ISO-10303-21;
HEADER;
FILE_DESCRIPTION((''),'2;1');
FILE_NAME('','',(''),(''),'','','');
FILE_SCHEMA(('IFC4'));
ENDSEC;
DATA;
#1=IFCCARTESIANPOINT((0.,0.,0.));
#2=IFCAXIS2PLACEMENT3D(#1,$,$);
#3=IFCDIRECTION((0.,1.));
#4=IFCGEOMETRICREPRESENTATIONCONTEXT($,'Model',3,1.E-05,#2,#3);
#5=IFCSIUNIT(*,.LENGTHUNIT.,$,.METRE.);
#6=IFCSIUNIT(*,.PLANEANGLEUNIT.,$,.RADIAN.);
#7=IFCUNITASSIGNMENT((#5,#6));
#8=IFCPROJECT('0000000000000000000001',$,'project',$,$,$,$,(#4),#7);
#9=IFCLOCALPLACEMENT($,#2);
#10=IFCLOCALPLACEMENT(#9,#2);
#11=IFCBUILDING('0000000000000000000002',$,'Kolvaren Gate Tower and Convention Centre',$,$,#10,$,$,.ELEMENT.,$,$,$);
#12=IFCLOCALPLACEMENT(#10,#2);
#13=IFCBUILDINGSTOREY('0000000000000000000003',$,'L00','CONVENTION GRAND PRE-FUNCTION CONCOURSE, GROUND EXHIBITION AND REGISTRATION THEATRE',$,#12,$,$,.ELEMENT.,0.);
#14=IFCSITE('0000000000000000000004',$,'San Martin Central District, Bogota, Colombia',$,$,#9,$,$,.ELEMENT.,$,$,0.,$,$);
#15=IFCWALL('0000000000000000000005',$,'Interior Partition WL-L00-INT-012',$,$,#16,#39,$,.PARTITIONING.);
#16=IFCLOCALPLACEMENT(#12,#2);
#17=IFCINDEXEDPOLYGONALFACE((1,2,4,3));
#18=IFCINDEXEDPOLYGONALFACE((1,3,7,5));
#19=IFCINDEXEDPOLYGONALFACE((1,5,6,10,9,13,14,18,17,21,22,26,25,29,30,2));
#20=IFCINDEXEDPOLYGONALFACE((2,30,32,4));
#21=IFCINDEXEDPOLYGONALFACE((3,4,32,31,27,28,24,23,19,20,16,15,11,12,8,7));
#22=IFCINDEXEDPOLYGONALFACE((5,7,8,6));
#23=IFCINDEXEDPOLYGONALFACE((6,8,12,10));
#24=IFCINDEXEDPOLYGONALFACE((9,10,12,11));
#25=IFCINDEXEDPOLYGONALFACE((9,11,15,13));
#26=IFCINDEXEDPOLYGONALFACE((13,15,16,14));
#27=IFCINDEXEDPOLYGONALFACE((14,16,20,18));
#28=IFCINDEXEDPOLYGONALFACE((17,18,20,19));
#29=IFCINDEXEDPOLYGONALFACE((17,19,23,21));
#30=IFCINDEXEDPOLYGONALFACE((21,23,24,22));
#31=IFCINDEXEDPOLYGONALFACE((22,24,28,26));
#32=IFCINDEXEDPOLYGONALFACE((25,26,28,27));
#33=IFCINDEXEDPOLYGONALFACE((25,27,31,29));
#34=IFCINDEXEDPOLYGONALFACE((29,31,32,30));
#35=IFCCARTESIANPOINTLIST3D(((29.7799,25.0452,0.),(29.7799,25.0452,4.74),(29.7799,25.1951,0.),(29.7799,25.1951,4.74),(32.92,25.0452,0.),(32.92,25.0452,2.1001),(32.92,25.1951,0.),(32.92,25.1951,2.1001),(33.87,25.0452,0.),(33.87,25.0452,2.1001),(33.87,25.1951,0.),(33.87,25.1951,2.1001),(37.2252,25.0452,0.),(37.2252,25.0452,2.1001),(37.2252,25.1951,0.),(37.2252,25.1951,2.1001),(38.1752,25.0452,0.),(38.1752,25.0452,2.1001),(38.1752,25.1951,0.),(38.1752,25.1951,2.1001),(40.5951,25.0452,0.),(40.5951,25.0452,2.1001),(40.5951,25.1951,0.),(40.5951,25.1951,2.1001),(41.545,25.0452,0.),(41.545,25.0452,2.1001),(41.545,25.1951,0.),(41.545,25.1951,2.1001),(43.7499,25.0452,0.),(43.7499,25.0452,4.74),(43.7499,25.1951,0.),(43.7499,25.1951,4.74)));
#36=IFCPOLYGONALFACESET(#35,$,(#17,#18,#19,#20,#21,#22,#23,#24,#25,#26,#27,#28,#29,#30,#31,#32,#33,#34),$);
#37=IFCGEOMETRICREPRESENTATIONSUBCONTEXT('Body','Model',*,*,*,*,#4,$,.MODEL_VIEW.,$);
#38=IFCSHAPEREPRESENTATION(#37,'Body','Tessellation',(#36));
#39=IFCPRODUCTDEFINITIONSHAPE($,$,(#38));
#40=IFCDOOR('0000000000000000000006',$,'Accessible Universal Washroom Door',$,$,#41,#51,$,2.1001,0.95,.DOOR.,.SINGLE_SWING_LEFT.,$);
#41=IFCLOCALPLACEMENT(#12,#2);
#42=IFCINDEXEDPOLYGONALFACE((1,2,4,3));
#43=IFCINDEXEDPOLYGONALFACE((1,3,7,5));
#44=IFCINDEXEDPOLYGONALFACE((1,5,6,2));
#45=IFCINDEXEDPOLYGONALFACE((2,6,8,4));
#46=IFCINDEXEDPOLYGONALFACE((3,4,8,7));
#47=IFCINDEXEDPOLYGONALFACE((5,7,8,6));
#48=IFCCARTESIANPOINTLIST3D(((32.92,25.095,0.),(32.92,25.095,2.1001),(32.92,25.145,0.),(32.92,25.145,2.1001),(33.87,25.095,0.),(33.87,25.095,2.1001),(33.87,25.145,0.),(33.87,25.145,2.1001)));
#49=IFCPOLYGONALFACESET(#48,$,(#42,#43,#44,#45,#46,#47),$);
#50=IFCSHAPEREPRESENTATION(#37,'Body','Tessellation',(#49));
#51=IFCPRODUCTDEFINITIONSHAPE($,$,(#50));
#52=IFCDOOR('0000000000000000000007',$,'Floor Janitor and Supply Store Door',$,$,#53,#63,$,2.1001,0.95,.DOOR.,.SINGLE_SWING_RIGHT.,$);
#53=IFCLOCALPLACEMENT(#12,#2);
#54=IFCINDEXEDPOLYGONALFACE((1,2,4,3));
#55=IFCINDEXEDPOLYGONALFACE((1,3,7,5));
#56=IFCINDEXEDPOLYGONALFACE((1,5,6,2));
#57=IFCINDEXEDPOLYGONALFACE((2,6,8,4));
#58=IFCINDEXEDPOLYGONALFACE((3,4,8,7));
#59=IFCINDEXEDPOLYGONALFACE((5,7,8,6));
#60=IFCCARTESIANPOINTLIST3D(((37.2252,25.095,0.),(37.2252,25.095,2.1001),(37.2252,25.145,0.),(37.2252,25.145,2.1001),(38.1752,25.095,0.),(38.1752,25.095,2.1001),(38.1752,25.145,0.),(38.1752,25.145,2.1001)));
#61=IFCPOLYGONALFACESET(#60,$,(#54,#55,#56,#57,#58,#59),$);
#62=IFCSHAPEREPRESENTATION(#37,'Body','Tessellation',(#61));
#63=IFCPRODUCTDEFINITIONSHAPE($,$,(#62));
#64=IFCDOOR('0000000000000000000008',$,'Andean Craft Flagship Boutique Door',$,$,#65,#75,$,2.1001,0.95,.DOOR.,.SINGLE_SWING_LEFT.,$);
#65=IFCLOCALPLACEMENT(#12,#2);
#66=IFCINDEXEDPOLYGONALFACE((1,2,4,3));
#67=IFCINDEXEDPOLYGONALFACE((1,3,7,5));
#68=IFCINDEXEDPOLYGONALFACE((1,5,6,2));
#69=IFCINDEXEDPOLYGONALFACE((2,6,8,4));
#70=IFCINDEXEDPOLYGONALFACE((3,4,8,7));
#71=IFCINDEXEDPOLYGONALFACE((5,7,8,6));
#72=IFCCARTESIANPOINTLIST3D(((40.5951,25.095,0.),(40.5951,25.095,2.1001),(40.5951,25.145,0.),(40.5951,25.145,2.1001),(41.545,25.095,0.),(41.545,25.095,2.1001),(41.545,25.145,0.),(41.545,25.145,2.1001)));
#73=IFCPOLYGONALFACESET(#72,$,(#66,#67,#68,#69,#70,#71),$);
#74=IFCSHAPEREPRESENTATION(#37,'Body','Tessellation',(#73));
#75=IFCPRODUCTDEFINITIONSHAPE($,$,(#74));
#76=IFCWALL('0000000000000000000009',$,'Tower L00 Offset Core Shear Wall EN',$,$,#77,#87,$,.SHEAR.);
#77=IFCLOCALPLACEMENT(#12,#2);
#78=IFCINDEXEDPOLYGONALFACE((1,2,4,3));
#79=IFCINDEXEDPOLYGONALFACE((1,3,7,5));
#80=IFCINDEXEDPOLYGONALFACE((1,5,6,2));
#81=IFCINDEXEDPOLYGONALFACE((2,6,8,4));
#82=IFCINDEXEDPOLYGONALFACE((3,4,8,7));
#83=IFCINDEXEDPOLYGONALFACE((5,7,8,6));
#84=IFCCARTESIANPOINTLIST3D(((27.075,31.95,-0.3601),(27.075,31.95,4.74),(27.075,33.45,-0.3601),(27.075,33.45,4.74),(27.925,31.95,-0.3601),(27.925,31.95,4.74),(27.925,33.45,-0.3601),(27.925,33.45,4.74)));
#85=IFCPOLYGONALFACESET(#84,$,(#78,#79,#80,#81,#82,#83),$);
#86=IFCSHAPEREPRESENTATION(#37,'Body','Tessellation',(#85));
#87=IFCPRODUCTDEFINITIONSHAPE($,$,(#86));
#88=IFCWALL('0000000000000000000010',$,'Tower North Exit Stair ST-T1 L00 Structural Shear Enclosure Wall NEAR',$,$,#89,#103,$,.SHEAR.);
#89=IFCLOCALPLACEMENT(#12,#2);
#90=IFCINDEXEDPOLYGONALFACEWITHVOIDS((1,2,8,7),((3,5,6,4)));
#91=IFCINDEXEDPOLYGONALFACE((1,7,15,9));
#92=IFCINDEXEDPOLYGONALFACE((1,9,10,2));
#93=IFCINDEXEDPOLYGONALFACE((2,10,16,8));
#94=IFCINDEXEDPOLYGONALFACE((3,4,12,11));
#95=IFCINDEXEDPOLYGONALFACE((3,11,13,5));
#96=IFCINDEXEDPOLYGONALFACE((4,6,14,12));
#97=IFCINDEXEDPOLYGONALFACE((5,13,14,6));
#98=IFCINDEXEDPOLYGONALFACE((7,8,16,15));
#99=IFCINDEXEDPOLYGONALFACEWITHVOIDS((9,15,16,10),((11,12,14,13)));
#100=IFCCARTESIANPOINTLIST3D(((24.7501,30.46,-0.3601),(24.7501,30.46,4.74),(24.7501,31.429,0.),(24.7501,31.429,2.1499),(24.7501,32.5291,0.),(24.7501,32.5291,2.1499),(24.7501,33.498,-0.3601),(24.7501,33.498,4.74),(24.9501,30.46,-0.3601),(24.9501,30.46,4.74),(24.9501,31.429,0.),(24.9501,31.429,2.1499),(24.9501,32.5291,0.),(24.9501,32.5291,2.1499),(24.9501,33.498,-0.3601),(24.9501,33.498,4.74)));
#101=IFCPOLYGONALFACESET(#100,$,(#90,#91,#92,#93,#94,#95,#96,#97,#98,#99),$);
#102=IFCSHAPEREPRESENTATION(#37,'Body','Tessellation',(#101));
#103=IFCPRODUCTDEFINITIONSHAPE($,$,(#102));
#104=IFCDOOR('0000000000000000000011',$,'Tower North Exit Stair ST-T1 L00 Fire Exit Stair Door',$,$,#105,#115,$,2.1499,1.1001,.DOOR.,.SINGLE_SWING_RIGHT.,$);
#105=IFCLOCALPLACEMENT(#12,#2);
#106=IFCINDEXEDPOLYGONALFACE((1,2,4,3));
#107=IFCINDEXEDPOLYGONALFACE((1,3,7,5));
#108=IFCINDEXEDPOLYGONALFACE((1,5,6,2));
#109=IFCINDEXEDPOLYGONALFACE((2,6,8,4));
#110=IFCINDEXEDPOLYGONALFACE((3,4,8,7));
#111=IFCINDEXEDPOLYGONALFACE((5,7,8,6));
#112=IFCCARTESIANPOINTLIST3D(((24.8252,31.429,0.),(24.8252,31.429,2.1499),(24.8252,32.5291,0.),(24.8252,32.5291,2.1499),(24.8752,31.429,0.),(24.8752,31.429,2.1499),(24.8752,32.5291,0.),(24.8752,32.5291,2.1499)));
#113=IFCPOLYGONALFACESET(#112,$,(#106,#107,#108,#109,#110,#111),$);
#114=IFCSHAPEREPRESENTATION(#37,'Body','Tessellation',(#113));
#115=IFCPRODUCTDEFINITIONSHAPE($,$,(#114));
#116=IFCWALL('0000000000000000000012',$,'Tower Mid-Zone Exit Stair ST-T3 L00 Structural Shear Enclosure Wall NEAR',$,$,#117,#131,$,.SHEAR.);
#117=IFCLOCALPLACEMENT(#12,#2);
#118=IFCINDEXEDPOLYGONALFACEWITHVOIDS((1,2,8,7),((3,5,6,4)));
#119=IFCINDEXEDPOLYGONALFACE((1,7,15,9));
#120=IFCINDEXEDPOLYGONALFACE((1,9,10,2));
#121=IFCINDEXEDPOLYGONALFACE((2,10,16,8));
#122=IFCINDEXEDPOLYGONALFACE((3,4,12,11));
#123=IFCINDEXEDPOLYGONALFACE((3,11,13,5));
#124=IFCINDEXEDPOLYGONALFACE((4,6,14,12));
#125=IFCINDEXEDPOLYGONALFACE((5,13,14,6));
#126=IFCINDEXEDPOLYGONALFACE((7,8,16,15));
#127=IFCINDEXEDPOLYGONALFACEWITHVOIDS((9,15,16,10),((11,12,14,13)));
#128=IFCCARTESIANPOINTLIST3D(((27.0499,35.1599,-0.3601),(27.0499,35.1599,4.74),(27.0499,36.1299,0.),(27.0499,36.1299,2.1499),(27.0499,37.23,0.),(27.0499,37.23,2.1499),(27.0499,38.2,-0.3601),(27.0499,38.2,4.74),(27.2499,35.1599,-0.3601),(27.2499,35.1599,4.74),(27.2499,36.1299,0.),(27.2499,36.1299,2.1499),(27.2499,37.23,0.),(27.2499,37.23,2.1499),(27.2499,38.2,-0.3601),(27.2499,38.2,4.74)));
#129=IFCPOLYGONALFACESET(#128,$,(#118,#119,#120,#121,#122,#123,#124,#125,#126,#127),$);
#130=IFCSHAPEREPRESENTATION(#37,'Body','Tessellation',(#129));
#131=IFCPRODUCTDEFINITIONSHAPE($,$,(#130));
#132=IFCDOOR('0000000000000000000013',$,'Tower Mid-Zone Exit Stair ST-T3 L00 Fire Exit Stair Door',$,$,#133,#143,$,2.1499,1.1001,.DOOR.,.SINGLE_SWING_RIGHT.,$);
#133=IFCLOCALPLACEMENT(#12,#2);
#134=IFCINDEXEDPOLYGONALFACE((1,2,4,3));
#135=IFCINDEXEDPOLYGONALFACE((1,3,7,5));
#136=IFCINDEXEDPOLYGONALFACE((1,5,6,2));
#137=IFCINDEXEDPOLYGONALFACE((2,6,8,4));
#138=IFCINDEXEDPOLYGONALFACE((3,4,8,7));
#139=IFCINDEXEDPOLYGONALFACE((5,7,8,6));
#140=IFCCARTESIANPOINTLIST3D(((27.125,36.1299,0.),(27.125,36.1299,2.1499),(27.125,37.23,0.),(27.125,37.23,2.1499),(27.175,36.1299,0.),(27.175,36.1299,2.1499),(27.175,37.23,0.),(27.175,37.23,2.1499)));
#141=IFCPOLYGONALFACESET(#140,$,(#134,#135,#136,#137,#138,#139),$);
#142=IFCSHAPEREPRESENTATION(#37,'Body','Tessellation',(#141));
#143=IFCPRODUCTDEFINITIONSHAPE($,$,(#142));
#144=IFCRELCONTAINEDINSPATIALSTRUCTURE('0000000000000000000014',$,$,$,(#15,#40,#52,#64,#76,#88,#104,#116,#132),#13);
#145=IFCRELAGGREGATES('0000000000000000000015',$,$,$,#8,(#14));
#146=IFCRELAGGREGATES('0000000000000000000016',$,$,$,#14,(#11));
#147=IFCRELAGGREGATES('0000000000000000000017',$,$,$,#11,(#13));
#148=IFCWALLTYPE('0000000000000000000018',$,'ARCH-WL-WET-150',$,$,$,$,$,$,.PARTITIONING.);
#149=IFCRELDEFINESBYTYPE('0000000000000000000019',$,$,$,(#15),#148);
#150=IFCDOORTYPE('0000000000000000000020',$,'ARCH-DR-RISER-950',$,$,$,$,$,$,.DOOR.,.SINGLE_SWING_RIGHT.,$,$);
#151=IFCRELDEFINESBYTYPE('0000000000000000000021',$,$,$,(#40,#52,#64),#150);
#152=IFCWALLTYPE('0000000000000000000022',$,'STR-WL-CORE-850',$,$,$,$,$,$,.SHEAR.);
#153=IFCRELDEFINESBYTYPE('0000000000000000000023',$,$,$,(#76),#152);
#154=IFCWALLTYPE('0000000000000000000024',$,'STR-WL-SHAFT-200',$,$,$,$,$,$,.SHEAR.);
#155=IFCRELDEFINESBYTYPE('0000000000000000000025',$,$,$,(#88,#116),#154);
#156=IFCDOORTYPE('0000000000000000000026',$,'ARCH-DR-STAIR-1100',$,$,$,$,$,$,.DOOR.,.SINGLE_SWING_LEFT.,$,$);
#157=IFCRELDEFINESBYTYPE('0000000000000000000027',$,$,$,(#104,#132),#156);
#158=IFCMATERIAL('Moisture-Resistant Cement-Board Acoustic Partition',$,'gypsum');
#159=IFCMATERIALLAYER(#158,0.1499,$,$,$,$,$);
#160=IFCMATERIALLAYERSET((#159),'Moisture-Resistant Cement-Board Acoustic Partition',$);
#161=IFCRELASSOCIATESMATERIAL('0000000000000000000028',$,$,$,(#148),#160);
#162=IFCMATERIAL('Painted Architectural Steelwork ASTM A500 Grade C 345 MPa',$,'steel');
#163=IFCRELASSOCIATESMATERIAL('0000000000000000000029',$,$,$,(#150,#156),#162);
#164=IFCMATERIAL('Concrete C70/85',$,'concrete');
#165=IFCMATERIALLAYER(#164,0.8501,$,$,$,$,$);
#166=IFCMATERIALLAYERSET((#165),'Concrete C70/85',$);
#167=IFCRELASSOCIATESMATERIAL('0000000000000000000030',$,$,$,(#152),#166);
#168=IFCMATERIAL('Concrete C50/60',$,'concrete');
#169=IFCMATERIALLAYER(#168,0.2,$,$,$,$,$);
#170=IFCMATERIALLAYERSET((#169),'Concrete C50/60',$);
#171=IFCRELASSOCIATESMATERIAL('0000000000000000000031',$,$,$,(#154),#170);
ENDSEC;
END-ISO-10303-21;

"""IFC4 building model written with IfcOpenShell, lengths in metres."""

from ifc_helpers import new_model, si_unit, direction, frame, frame_2d, origin, place, context, subcontext, project, spatial, rectangle, extrude, material, layer, layer_set, type_object, element, fill, save


model = new_model("IFC4")

# Units and contexts
model_context = context("Model", 3, precision=1e-05, world=origin(), true_north=direction((0.0, 1.0)))
body_context = subcontext(model_context, "Body", "Model", "MODEL_VIEW")
ifc_project = project(units=[si_unit("LENGTHUNIT", "METRE"), si_unit("PLANEANGLEUNIT", "RADIAN")], contexts=[model_context])

# Site, building, storey
site_placement = place(None, origin())
site = spatial("IfcSite", under=ifc_project, at=site_placement, Name="San Martin Central District, Bogota, Colombia", CompositionType="ELEMENT", RefElevation=0.0)
building_placement = place(site_placement, origin())
building = spatial("IfcBuilding", under=site, at=building_placement, Name="Kolvaren Gate Tower and Convention Centre", CompositionType="ELEMENT")
storey_placement = place(building_placement, origin())
storey = spatial("IfcBuildingStorey", under=building, at=storey_placement, Name="L00", Description="CONVENTION GRAND PRE-FUNCTION CONCOURSE, GROUND EXHIBITION AND REGISTRATION THEATRE", CompositionType="ELEMENT", Elevation=0.0)

# Wall, openings, doors
ifc_material_1 = material(Name="Moisture-Resistant Cement-Board Acoustic Partition", Category="gypsum")
ifc_layer_1 = layer(ifc_material_1, 0.1499)
ifc_layer_set_1 = layer_set([ifc_layer_1], Name="Moisture-Resistant Cement-Board Acoustic Partition")
wall_type_1 = type_object("IfcWallType", Name="ARCH-WL-WET-150", PredefinedType="PARTITIONING", material=ifc_layer_set_1)
wall_1_placement = place(storey_placement, frame((29.78, 25.1201, 0.0), z_axis=(0.0, 0.0, 1.0), x_axis=(1.0, 0.0, 0.0)))
wall_1 = element("IfcWall", 1, at=wall_1_placement, inside=storey, type_object=wall_type_1, Name="Interior Partition WL-L00-INT-012", PredefinedType="PARTITIONING", context=body_context, shape_type="SweptSolid", body=[
    extrude(rectangle(XDim=13.97, YDim=0.1499, at=frame_2d((6.9849, 0.0))), origin(), (0.0, 0.0, 1.0), 4.74),
])
opening_1_placement = place(wall_1_placement, frame((3.1399, 0.0, 0.0)))
opening_1 = element("IfcOpeningElement", 2, at=opening_1_placement, cuts=wall_1, PredefinedType="OPENING", context=body_context, shape_type="SweptSolid", body=[
    extrude(rectangle(XDim=0.95, YDim=2.1001, at=frame_2d((0.4751, 1.05))), frame((0.0, 0.085, 0.0), z_axis=(0.0, -1.0, 0.0), x_axis=(1.0, 0.0, 0.0)), (0.0, 0.0, 1.0), 0.1699),
])
opening_2_placement = place(wall_1_placement, frame((7.4451, 0.0, 0.0)))
opening_2 = element("IfcOpeningElement", 3, at=opening_2_placement, cuts=wall_1, PredefinedType="OPENING", context=body_context, shape_type="SweptSolid", body=[
    extrude(rectangle(XDim=0.95, YDim=2.1001, at=frame_2d((0.4751, 1.05))), frame((0.0, 0.085, 0.0), z_axis=(0.0, -1.0, 0.0), x_axis=(1.0, 0.0, 0.0)), (0.0, 0.0, 1.0), 0.1699),
])
opening_3_placement = place(wall_1_placement, frame((10.8149, 0.0, 0.0)))
opening_3 = element("IfcOpeningElement", 4, at=opening_3_placement, cuts=wall_1, PredefinedType="OPENING", context=body_context, shape_type="SweptSolid", body=[
    extrude(rectangle(XDim=0.95, YDim=2.1001, at=frame_2d((0.4751, 1.05))), frame((0.0, 0.085, 0.0), z_axis=(0.0, -1.0, 0.0), x_axis=(1.0, 0.0, 0.0)), (0.0, 0.0, 1.0), 0.1699),
])
ifc_material_2 = material(Name="Painted Architectural Steelwork ASTM A500 Grade C 345 MPa", Category="steel")
door_type_1 = type_object("IfcDoorType", Name="ARCH-DR-RISER-950", OperationType="SINGLE_SWING_RIGHT", PredefinedType="DOOR", material=ifc_material_2)
door_1_placement = place(opening_1_placement, origin())
door_1 = element("IfcDoor", 5, at=door_1_placement, inside=storey, type_object=door_type_1, Name="Accessible Universal Washroom Door", OperationType="SINGLE_SWING_LEFT", OverallHeight=2.1001, OverallWidth=0.95, PredefinedType="DOOR", context=body_context, shape_type="SweptSolid", body=[
    extrude(rectangle(XDim=0.95, YDim=2.1001, at=frame_2d((0.4751, 1.05))), frame((0.0, 0.0249, 0.0), z_axis=(0.0, -1.0, 0.0), x_axis=(1.0, 0.0, 0.0)), (0.0, 0.0, 1.0), 0.05),
])
fill(opening_1, door_1)
door_2_placement = place(opening_2_placement, origin())
door_2 = element("IfcDoor", 6, at=door_2_placement, inside=storey, type_object=door_type_1, Name="Floor Janitor and Supply Store Door", OperationType="SINGLE_SWING_RIGHT", OverallHeight=2.1001, OverallWidth=0.95, PredefinedType="DOOR", context=body_context, shape_type="SweptSolid", body=[
    extrude(rectangle(XDim=0.95, YDim=2.1001, at=frame_2d((0.4751, 1.05))), frame((0.0, 0.0249, 0.0), z_axis=(0.0, -1.0, 0.0), x_axis=(1.0, 0.0, 0.0)), (0.0, 0.0, 1.0), 0.05),
])
fill(opening_2, door_2)
door_3_placement = place(opening_3_placement, origin())
door_3 = element("IfcDoor", 7, at=door_3_placement, inside=storey, type_object=door_type_1, Name="Andean Craft Flagship Boutique Door", OperationType="SINGLE_SWING_LEFT", OverallHeight=2.1001, OverallWidth=0.95, PredefinedType="DOOR", context=body_context, shape_type="SweptSolid", body=[
    extrude(rectangle(XDim=0.95, YDim=2.1001, at=frame_2d((0.4751, 1.05))), frame((0.0, 0.0249, 0.0), z_axis=(0.0, -1.0, 0.0), x_axis=(1.0, 0.0, 0.0)), (0.0, 0.0, 1.0), 0.05),
])
fill(opening_3, door_3)

# Wall
ifc_material_3 = material(Name="Concrete C70/85", Category="concrete")
ifc_layer_2 = layer(ifc_material_3, 0.8501)
ifc_layer_set_2 = layer_set([ifc_layer_2], Name="Concrete C70/85")
wall_type_2 = type_object("IfcWallType", Name="STR-WL-CORE-850", PredefinedType="SHEAR", material=ifc_layer_set_2)
wall_2_placement = place(storey_placement, frame((27.5, 31.95, -0.3601), z_axis=(0.0, 0.0, 1.0), x_axis=(0.0, 1.0, 0.0)))
element("IfcWall", 8, at=wall_2_placement, inside=storey, type_object=wall_type_2, Name="Tower L00 Offset Core Shear Wall EN", PredefinedType="SHEAR", context=body_context, shape_type="SweptSolid", body=[
    extrude(rectangle(XDim=1.5, YDim=0.8501, at=frame_2d((0.75, 0.0))), origin(), (0.0, 0.0, 1.0), 5.1001),
])

# Walls, openings, doors
ifc_material_4 = material(Name="Concrete C50/60", Category="concrete")
ifc_layer_3 = layer(ifc_material_4, 0.2)
ifc_layer_set_3 = layer_set([ifc_layer_3], Name="Concrete C50/60")
wall_type_3 = type_object("IfcWallType", Name="STR-WL-SHAFT-200", PredefinedType="SHEAR", material=ifc_layer_set_3)
wall_3_placement = place(storey_placement, frame((24.8501, 30.46, -0.3601), z_axis=(0.0, 0.0, 1.0), x_axis=(0.0, 1.0, 0.0)))
wall_3 = element("IfcWall", 9, at=wall_3_placement, inside=storey, type_object=wall_type_3, Name="Tower North Exit Stair ST-T1 L00 Structural Shear Enclosure Wall NEAR", PredefinedType="SHEAR", context=body_context, shape_type="SweptSolid", body=[
    extrude(rectangle(XDim=3.0381, YDim=0.2, at=frame_2d((1.519, 0.0))), origin(), (0.0, 0.0, 1.0), 5.1001),
])
opening_4_placement = place(wall_3_placement, frame((0.969, 0.0, 0.3601)))
opening_4 = element("IfcOpeningElement", 10, at=opening_4_placement, cuts=wall_3, PredefinedType="OPENING", context=body_context, shape_type="SweptSolid", body=[
    extrude(rectangle(XDim=1.1001, YDim=2.1499, at=frame_2d((0.55, 1.075))), frame((0.0, 0.1099, 0.0), z_axis=(0.0, -1.0, 0.0), x_axis=(1.0, 0.0, 0.0)), (0.0, 0.0, 1.0), 0.22),
])
door_type_2 = type_object("IfcDoorType", Name="ARCH-DR-STAIR-1100", OperationType="SINGLE_SWING_LEFT", PredefinedType="DOOR", material=ifc_material_2)
door_4_placement = place(opening_4_placement, origin())
door_4 = element("IfcDoor", 11, at=door_4_placement, inside=storey, type_object=door_type_2, Name="Tower North Exit Stair ST-T1 L00 Fire Exit Stair Door", OperationType="SINGLE_SWING_RIGHT", OverallHeight=2.1499, OverallWidth=1.1001, PredefinedType="DOOR", context=body_context, shape_type="SweptSolid", body=[
    extrude(rectangle(XDim=1.1001, YDim=2.1499, at=frame_2d((0.55, 1.075))), frame((0.0, 0.0249, 0.0), z_axis=(0.0, -1.0, 0.0), x_axis=(1.0, 0.0, 0.0)), (0.0, 0.0, 1.0), 0.05),
])
fill(opening_4, door_4)
wall_4_placement = place(storey_placement, frame((27.1499, 35.1599, -0.3601), z_axis=(0.0, 0.0, 1.0), x_axis=(0.0, 1.0, 0.0)))
wall_4 = element("IfcWall", 12, at=wall_4_placement, inside=storey, type_object=wall_type_3, Name="Tower Mid-Zone Exit Stair ST-T3 L00 Structural Shear Enclosure Wall NEAR", PredefinedType="SHEAR", context=body_context, shape_type="SweptSolid", body=[
    extrude(rectangle(XDim=3.04, YDim=0.2, at=frame_2d((1.52, 0.0))), origin(), (0.0, 0.0, 1.0), 5.1001),
])
opening_5_placement = place(wall_4_placement, frame((0.97, 0.0, 0.3601)))
opening_5 = element("IfcOpeningElement", 13, at=opening_5_placement, cuts=wall_4, PredefinedType="OPENING", context=body_context, shape_type="SweptSolid", body=[
    extrude(rectangle(XDim=1.1001, YDim=2.1499, at=frame_2d((0.55, 1.075))), frame((0.0, 0.1099, 0.0), z_axis=(0.0, -1.0, 0.0), x_axis=(1.0, 0.0, 0.0)), (0.0, 0.0, 1.0), 0.22),
])
door_5_placement = place(opening_5_placement, origin())
door_5 = element("IfcDoor", 14, at=door_5_placement, inside=storey, type_object=door_type_2, Name="Tower Mid-Zone Exit Stair ST-T3 L00 Fire Exit Stair Door", OperationType="SINGLE_SWING_RIGHT", OverallHeight=2.1499, OverallWidth=1.1001, PredefinedType="DOOR", context=body_context, shape_type="SweptSolid", body=[
    extrude(rectangle(XDim=1.1001, YDim=2.1499, at=frame_2d((0.55, 1.075))), frame((0.0, 0.0249, 0.0), z_axis=(0.0, -1.0, 0.0), x_axis=(1.0, 0.0, 0.0)), (0.0, 0.0, 1.0), 0.05),
])
fill(opening_5, door_5)

save(model, "model.ifc")
